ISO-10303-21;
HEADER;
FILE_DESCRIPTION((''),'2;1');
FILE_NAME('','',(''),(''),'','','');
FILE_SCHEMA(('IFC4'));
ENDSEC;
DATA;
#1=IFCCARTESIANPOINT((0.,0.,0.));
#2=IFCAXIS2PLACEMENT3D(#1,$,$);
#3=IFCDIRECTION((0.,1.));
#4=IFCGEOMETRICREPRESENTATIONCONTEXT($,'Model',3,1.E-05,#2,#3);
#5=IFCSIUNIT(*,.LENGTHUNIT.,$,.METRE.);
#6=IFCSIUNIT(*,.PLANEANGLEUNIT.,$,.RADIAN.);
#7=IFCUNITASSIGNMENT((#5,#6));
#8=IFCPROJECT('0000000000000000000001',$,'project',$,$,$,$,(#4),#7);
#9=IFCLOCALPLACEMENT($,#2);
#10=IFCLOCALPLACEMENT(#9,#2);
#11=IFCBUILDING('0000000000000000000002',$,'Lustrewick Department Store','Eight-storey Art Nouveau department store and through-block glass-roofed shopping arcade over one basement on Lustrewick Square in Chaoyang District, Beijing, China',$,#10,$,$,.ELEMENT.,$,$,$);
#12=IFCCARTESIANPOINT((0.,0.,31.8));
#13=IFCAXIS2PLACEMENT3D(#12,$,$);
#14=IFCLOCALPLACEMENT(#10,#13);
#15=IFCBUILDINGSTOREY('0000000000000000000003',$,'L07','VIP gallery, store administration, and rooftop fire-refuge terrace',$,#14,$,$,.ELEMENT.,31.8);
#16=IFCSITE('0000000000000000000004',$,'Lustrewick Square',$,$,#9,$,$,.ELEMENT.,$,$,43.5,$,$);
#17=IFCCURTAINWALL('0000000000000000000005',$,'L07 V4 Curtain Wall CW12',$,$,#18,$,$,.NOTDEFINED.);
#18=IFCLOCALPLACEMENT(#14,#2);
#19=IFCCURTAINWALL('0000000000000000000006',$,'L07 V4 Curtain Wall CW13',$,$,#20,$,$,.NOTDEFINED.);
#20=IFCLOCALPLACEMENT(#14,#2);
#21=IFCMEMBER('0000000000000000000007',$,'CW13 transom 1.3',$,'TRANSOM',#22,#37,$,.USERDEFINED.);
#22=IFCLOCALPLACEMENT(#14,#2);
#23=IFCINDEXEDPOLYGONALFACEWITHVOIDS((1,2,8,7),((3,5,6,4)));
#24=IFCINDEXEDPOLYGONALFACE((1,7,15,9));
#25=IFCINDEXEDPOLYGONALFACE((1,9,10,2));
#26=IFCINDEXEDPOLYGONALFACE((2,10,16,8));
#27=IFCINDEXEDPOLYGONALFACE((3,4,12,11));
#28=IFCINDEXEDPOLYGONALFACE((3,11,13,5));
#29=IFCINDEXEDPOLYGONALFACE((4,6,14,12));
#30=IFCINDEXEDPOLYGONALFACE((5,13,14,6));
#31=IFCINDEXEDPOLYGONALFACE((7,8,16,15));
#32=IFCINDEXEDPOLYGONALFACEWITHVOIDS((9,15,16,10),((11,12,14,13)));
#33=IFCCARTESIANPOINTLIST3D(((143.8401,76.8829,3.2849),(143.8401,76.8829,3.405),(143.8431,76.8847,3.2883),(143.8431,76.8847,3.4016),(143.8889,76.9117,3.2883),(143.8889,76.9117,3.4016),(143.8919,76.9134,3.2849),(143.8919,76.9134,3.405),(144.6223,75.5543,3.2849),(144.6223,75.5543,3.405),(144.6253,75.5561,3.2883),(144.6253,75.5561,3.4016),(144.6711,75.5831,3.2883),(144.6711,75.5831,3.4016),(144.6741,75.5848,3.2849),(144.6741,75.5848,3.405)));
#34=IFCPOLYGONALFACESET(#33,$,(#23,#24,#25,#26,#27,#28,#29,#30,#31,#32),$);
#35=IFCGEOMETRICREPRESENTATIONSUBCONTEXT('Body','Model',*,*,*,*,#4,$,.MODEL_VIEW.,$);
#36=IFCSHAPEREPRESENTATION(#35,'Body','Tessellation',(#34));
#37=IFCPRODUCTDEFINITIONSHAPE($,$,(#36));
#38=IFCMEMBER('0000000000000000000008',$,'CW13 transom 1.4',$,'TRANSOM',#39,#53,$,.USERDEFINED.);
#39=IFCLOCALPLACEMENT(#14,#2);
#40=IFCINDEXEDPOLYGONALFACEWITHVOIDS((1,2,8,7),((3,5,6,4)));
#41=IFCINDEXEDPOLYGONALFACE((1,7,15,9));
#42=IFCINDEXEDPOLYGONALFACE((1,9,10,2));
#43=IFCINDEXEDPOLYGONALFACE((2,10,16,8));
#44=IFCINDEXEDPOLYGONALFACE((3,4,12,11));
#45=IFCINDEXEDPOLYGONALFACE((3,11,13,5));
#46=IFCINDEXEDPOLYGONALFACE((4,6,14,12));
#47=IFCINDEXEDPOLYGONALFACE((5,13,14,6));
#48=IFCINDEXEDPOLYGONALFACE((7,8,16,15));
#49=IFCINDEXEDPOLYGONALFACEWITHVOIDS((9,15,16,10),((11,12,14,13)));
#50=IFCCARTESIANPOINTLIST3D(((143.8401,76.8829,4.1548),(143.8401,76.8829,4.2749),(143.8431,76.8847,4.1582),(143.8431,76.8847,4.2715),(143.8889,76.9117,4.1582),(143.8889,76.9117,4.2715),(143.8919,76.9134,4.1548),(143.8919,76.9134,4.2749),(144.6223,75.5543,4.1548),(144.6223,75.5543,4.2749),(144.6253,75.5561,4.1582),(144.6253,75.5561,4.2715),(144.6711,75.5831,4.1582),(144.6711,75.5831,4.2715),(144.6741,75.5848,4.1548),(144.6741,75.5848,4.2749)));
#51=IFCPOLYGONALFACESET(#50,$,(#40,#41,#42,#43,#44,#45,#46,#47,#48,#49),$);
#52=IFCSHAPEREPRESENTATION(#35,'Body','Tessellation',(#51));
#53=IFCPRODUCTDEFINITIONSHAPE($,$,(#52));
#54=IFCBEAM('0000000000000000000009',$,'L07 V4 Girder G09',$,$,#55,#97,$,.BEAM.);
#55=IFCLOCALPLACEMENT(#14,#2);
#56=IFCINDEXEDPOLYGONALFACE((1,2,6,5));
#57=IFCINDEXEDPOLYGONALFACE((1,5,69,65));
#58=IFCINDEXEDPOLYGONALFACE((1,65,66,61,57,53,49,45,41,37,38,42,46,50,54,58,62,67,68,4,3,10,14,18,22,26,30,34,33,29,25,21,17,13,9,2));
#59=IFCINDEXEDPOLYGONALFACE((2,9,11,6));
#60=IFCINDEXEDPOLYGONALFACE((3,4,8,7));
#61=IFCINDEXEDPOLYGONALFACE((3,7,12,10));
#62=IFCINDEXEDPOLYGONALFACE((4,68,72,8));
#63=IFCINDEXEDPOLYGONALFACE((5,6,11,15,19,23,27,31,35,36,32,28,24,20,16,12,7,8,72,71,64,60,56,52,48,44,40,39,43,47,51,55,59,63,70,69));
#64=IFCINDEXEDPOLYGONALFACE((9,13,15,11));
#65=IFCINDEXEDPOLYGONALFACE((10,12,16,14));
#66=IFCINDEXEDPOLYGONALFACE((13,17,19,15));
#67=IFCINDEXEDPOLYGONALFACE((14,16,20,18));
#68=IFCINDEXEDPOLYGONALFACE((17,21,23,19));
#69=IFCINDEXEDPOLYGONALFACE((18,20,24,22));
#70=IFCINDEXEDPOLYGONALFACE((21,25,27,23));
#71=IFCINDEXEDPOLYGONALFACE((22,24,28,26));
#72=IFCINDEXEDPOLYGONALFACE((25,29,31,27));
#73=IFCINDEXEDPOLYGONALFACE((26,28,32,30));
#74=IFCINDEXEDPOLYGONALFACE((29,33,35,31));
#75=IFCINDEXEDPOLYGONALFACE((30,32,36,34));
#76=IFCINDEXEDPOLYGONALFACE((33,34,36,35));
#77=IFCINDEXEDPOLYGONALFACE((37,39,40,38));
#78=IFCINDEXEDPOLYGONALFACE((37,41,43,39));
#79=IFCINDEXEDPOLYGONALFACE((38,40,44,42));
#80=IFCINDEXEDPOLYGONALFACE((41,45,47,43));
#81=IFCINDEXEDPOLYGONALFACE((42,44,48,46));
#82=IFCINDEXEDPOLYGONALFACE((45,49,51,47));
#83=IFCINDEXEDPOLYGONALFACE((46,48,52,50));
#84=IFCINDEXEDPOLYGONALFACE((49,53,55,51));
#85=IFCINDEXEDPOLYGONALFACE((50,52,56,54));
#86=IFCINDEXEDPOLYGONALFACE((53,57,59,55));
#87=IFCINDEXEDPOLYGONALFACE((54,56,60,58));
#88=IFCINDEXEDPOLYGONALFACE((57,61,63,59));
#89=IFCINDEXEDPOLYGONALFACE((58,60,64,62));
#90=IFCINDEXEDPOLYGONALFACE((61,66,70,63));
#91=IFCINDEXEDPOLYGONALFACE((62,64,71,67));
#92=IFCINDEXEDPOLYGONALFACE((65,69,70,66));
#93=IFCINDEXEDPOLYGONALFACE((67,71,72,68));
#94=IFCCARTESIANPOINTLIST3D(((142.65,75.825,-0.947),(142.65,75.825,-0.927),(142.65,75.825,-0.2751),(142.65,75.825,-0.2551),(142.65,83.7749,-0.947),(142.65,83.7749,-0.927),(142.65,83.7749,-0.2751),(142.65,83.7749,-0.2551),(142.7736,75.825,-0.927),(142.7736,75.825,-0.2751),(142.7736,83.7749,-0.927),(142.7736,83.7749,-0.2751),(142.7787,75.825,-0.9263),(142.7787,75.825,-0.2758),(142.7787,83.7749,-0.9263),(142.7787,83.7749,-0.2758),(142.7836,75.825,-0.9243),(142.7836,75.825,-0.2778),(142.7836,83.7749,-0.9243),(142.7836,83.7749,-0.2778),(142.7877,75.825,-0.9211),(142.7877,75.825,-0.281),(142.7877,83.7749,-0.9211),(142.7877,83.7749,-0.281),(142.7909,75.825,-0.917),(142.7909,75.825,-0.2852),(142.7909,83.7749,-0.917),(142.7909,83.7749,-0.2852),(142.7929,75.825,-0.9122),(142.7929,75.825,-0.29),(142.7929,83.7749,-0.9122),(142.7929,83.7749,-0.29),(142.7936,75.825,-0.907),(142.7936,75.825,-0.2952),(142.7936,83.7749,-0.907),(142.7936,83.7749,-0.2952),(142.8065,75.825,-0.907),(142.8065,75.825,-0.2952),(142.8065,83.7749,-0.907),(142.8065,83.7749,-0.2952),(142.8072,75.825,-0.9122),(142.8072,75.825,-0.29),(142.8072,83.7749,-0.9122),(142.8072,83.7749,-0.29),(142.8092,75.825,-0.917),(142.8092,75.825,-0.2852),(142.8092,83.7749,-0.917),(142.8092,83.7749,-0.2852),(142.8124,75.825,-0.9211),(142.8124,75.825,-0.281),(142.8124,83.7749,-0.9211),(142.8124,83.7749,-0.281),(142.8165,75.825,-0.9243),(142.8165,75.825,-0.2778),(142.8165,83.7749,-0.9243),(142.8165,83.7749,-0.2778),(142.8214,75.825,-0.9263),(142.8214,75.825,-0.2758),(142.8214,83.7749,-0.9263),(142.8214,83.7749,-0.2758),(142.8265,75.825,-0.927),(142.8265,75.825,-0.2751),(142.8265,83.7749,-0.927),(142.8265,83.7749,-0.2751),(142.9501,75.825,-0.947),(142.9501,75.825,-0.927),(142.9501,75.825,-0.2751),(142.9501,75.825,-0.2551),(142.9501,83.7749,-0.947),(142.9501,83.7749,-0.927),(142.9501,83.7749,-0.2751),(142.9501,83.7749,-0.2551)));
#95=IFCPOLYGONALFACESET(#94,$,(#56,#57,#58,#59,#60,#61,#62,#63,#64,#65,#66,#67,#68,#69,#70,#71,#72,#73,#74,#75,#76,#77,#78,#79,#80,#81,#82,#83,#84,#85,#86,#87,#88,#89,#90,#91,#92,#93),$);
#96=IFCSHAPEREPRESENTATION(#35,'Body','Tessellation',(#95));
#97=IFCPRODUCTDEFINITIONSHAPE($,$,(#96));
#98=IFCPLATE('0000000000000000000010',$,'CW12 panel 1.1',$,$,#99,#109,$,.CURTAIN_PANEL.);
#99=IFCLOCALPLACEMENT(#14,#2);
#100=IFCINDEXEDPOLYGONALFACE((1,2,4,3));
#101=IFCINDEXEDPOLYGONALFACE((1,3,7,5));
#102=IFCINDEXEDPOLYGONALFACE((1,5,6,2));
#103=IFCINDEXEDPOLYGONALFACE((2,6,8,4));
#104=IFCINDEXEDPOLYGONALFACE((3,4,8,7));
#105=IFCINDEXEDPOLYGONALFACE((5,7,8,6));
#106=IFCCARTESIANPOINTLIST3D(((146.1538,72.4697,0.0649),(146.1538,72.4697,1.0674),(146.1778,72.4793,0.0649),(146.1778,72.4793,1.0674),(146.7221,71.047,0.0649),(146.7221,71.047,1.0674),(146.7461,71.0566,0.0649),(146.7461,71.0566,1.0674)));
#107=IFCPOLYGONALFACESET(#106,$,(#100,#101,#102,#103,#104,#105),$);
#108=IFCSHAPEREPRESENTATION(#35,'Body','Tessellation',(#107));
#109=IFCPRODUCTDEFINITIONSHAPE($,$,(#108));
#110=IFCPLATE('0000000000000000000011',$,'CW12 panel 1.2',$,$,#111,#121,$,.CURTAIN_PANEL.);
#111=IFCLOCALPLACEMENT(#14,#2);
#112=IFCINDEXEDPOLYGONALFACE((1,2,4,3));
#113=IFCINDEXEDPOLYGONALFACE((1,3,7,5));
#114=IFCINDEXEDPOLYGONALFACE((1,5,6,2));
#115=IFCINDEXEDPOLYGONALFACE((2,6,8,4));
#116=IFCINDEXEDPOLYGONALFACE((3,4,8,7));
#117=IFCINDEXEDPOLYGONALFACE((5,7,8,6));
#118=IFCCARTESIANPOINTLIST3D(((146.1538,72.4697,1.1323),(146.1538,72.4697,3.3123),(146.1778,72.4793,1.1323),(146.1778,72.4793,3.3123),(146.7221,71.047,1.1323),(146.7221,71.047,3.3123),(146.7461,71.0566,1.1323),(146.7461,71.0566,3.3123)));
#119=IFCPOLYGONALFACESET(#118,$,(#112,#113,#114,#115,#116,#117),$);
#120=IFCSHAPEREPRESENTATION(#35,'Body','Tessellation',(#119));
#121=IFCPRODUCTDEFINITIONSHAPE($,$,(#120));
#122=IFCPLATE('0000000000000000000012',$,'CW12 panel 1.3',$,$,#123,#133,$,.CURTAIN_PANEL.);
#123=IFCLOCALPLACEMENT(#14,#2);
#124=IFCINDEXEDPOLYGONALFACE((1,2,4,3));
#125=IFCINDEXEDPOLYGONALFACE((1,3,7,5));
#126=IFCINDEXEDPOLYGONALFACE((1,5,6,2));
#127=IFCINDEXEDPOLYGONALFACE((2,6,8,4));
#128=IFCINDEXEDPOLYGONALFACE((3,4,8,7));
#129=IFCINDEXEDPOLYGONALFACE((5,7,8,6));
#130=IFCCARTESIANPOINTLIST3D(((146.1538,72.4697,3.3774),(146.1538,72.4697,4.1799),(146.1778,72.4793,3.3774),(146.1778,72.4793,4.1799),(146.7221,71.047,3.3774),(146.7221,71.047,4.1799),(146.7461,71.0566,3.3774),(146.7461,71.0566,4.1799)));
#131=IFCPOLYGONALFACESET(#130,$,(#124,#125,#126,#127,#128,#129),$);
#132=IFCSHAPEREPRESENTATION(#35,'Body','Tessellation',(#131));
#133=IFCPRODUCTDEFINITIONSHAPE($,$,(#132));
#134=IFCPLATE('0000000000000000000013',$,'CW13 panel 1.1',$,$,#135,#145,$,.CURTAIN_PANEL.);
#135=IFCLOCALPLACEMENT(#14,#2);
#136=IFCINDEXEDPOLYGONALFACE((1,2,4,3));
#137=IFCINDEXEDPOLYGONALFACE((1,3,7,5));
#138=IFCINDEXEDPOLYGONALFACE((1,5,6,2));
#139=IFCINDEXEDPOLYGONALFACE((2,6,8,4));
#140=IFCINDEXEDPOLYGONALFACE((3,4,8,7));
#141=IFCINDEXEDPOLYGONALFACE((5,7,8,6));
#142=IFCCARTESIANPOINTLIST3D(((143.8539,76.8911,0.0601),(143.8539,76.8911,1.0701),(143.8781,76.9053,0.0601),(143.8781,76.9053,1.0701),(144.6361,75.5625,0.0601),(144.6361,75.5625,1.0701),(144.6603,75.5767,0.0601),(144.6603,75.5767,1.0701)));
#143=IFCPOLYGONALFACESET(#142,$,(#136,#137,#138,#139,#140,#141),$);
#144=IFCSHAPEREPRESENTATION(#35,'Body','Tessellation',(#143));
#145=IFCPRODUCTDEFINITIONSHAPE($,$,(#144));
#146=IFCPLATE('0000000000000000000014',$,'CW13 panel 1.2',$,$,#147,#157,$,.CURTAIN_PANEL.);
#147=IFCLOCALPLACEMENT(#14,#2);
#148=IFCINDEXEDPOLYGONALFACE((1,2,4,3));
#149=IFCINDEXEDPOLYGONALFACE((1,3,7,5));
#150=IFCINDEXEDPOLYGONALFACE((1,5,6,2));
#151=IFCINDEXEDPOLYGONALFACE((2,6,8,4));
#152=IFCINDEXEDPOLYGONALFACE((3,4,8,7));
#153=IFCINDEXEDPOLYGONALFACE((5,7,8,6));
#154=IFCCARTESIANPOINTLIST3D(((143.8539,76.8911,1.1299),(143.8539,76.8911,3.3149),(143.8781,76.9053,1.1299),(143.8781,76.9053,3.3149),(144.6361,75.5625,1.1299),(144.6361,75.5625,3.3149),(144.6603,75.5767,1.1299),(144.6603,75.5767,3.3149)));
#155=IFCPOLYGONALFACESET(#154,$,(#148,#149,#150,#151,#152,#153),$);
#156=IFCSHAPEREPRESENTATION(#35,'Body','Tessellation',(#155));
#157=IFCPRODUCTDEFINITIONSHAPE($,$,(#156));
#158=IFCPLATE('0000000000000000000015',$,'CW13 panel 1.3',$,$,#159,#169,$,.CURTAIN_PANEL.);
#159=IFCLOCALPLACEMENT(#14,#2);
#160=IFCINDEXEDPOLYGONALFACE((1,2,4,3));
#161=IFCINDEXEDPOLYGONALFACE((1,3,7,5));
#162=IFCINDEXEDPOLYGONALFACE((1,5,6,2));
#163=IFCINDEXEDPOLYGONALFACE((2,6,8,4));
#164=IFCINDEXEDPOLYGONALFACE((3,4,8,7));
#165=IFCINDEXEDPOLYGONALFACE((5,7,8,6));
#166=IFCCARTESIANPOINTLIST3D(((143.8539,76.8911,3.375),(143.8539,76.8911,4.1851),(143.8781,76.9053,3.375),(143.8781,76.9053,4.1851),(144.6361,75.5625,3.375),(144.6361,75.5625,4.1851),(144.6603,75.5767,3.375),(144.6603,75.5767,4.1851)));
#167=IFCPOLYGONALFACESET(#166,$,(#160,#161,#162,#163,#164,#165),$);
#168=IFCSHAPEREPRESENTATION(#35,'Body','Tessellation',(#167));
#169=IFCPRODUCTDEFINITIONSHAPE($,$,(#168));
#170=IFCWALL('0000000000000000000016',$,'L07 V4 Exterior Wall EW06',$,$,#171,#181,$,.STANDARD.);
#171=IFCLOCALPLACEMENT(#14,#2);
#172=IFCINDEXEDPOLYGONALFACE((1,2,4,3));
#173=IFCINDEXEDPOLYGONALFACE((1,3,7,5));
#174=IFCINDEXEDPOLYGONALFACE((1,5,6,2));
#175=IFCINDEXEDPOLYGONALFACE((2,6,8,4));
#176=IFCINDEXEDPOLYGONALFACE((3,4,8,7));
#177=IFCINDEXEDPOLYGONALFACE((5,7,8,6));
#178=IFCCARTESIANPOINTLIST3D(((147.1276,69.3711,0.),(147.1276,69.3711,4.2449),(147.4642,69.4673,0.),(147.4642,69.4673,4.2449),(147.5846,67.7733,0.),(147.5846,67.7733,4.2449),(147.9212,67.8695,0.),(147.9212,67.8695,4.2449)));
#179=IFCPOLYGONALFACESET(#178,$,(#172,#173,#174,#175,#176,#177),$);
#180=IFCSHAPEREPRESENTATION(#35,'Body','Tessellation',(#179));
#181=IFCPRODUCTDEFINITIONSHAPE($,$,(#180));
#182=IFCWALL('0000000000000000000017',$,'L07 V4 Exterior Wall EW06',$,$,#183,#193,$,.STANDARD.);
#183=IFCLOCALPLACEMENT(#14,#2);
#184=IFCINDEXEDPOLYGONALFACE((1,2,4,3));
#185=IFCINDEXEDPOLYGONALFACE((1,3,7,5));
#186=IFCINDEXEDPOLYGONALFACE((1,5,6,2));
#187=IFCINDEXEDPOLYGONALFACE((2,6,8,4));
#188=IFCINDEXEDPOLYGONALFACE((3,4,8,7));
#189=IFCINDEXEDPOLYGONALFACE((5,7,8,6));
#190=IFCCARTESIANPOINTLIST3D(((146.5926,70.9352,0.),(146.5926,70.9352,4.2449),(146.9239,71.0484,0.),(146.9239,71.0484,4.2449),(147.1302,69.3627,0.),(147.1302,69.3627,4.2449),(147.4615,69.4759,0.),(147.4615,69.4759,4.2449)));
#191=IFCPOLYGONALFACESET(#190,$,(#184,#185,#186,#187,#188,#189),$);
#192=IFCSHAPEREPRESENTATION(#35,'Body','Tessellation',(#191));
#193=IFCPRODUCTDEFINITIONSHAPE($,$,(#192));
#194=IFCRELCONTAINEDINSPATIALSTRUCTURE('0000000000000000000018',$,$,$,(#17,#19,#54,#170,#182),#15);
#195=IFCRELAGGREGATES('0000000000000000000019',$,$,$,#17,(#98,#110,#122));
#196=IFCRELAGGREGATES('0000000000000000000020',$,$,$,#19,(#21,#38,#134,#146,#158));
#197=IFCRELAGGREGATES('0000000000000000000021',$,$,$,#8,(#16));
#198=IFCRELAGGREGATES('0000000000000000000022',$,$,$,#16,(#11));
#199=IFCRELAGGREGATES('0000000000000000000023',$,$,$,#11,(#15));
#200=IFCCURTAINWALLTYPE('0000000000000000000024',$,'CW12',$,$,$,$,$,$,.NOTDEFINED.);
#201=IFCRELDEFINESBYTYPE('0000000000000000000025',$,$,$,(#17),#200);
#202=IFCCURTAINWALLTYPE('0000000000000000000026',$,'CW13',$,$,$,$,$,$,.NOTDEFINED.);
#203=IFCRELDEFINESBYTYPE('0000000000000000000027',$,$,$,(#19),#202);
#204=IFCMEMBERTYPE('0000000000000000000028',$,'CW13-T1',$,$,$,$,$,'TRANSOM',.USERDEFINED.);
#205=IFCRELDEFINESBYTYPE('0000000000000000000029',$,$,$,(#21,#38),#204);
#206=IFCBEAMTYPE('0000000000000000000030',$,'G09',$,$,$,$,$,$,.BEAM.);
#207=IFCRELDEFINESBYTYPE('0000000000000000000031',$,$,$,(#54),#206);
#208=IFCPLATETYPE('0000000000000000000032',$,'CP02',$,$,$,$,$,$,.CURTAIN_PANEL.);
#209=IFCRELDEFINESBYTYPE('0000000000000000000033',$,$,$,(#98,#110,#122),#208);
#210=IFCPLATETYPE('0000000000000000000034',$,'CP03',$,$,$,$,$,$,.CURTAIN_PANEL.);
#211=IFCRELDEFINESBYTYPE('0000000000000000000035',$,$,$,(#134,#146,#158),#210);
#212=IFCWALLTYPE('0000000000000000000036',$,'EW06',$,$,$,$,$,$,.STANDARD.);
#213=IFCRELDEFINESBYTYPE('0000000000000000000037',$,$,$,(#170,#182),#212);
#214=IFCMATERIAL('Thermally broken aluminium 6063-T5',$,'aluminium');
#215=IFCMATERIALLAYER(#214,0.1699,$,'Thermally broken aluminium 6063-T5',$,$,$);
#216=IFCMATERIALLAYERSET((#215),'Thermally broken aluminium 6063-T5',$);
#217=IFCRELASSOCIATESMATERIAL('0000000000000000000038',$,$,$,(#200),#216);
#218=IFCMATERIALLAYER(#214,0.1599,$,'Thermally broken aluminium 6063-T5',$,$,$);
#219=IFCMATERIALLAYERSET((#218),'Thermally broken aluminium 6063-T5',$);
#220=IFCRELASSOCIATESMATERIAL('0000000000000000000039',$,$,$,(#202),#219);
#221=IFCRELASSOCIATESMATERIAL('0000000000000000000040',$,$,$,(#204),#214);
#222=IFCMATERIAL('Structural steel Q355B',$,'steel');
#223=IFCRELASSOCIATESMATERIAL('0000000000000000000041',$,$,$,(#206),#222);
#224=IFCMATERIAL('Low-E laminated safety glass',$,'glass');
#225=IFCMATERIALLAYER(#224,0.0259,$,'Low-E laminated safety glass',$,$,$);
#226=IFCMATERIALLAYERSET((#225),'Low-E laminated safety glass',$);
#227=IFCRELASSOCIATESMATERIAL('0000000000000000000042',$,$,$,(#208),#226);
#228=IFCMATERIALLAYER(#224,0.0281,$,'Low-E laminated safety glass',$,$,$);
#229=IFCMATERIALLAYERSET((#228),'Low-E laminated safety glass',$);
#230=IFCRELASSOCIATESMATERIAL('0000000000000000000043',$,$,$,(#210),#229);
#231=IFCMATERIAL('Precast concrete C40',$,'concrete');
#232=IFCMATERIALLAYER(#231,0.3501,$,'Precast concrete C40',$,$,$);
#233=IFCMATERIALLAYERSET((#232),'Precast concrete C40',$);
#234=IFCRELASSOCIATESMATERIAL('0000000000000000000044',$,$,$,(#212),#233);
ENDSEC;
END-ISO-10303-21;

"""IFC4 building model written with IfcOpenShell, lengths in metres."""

from ifc_helpers import new_model, si_unit, direction, frame, frame_2d, origin, origin_2d, place, context, subcontext, project, spatial, rectangle, hollow_rectangle, i_section, extrude, material, layer, layer_set, material_profile, profile_set, type_object, element, aggregate, save


model = new_model("IFC4")

# Units and contexts
model_context = context("Model", 3, precision=1e-05, world=origin(), true_north=direction((0.0, 1.0)))
body_context = subcontext(model_context, "Body", "Model", "MODEL_VIEW")
ifc_project = project(units=[si_unit("LENGTHUNIT", "METRE"), si_unit("PLANEANGLEUNIT", "RADIAN")], contexts=[model_context])

# Site, building, storey
site_placement = place(None, origin())
site = spatial("IfcSite", under=ifc_project, at=site_placement, Name="Lustrewick Square", CompositionType="ELEMENT", RefElevation=43.5)
building_placement = place(site_placement, origin())
building = spatial("IfcBuilding", under=site, at=building_placement, Name="Lustrewick Department Store", Description="Eight-storey Art Nouveau department store and through-block glass-roofed shopping arcade over one basement on Lustrewick Square in Chaoyang District, Beijing, China", CompositionType="ELEMENT")
storey_placement = place(building_placement, frame((0.0, 0.0, 31.8)))
storey = spatial("IfcBuildingStorey", under=building, at=storey_placement, Name="L07", Description="VIP gallery, store administration, and rooftop fire-refuge terrace", CompositionType="ELEMENT", Elevation=31.8)

# Curtain walls, members
ifc_material_1 = material(Name="Thermally broken aluminium 6063-T5", Category="aluminium")
ifc_layer_1 = layer(ifc_material_1, 0.1699, Name="Thermally broken aluminium 6063-T5")
ifc_layer_set_1 = layer_set([ifc_layer_1], Name="Thermally broken aluminium 6063-T5")
curtain_wall_type_1 = type_object("IfcCurtainWallType", Name="CW12", PredefinedType="NOTDEFINED", material=ifc_layer_set_1)
curtain_wall_1_placement = place(storey_placement, origin())
curtain_wall_1 = element("IfcCurtainWall", 1, at=curtain_wall_1_placement, inside=storey, type_object=curtain_wall_type_1, Name="L07 V4 Curtain Wall CW12", PredefinedType="NOTDEFINED")
ifc_layer_2 = layer(ifc_material_1, 0.1599, Name="Thermally broken aluminium 6063-T5")
ifc_layer_set_2 = layer_set([ifc_layer_2], Name="Thermally broken aluminium 6063-T5")
curtain_wall_type_2 = type_object("IfcCurtainWallType", Name="CW13", PredefinedType="NOTDEFINED", material=ifc_layer_set_2)
curtain_wall_2_placement = place(storey_placement, origin())
curtain_wall_2 = element("IfcCurtainWall", 2, at=curtain_wall_2_placement, inside=storey, type_object=curtain_wall_type_2, Name="L07 V4 Curtain Wall CW13", PredefinedType="NOTDEFINED")
ifc_material_profile_1 = material_profile(ifc_material_1, hollow_rectangle(XDim=0.0601, YDim=0.1201, WallThickness=0.0034, at=origin_2d()), Name="ALU-T 60x120x3.5")
ifc_profile_set_1 = profile_set([ifc_material_profile_1], Name="Thermally broken aluminium 6063-T5")
member_type_1 = type_object("IfcMemberType", Name="CW13-T1", ElementType="TRANSOM", PredefinedType="USERDEFINED", material=ifc_profile_set_1)
member_1_placement = place(storey_placement, frame((144.6482, 75.5696, 3.345), z_axis=(-0.507352, 0.861739, 0.0), x_axis=(-0.861739, -0.507352, 0.0)))
member_1 = element("IfcMember", 3, at=member_1_placement, type_object=member_type_1, Name="CW13 transom 1.3", ObjectType="TRANSOM", PredefinedType="USERDEFINED", context=body_context, shape_type="SweptSolid", body=[
    extrude(hollow_rectangle(XDim=0.0601, YDim=0.1201, WallThickness=0.0034, at=origin_2d()), origin(), (0.0, 0.0, 1.0), 1.5417),
])
member_2_placement = place(storey_placement, frame((144.6482, 75.5696, 4.2148), z_axis=(-0.507352, 0.861739, 0.0), x_axis=(-0.861739, -0.507352, 0.0)))
member_2 = element("IfcMember", 4, at=member_2_placement, type_object=member_type_1, Name="CW13 transom 1.4", ObjectType="TRANSOM", PredefinedType="USERDEFINED", context=body_context, shape_type="SweptSolid", body=[
    extrude(hollow_rectangle(XDim=0.0601, YDim=0.1201, WallThickness=0.0034, at=origin_2d()), origin(), (0.0, 0.0, 1.0), 1.5417),
])

# Beam
ifc_material_2 = material(Name="Structural steel Q355B", Category="steel")
ifc_material_profile_2 = material_profile(ifc_material_2, i_section(OverallWidth=0.3, OverallDepth=0.6919, WebThickness=0.0129, FlangeThickness=0.02, FilletRadius=0.02, at=origin_2d()), Name="HN 692x300x13x20")
ifc_profile_set_2 = profile_set([ifc_material_profile_2], Name="Structural steel Q355B")
beam_type = type_object("IfcBeamType", Name="G09", PredefinedType="BEAM", material=ifc_profile_set_2)
beam_placement = place(storey_placement, frame((142.8, 75.825, -0.6011), z_axis=(0.0, 1.0, 0.0), x_axis=(-1.0, 0.0, 0.0)))
element("IfcBeam", 5, at=beam_placement, inside=storey, type_object=beam_type, Name="L07 V4 Girder G09", PredefinedType="BEAM", context=body_context, shape_type="SweptSolid", body=[
    extrude(i_section(OverallWidth=0.3, OverallDepth=0.6919, WebThickness=0.0129, FlangeThickness=0.02, FilletRadius=0.02, at=origin_2d()), origin(), (0.0, 0.0, 1.0), 7.95),
])

# Plates
ifc_material_3 = material(Name="Low-E laminated safety glass", Category="glass")
ifc_layer_3 = layer(ifc_material_3, 0.0259, Name="Low-E laminated safety glass")
ifc_layer_set_3 = layer_set([ifc_layer_3], Name="Low-E laminated safety glass")
plate_type_1 = type_object("IfcPlateType", Name="CP02", PredefinedType="CURTAIN_PANEL", material=ifc_layer_set_3)
plate_1_placement = place(storey_placement, frame((146.45, 71.7632, 0.0649), z_axis=(0.0, 0.0, 1.0), x_axis=(-0.370965, 0.928647, 0.0)))
plate_1 = element("IfcPlate", 6, at=plate_1_placement, type_object=plate_type_1, Name="CW12 panel 1.1", PredefinedType="CURTAIN_PANEL", context=body_context, shape_type="SweptSolid", body=[
    extrude(rectangle(XDim=1.532, YDim=0.0259, at=origin_2d()), origin(), (0.0, 0.0, 1.0), 1.0024),
])
plate_2_placement = place(storey_placement, frame((146.45, 71.7632, 1.1323), z_axis=(0.0, 0.0, 1.0), x_axis=(-0.370965, 0.928647, 0.0)))
plate_2 = element("IfcPlate", 7, at=plate_2_placement, type_object=plate_type_1, Name="CW12 panel 1.2", PredefinedType="CURTAIN_PANEL", context=body_context, shape_type="SweptSolid", body=[
    extrude(rectangle(XDim=1.532, YDim=0.0259, at=origin_2d()), origin(), (0.0, 0.0, 1.0), 2.1799),
])
plate_3_placement = place(storey_placement, frame((146.45, 71.7632, 3.3774), z_axis=(0.0, 0.0, 1.0), x_axis=(-0.370965, 0.928647, 0.0)))
plate_3 = element("IfcPlate", 8, at=plate_3_placement, type_object=plate_type_1, Name="CW12 panel 1.3", PredefinedType="CURTAIN_PANEL", context=body_context, shape_type="SweptSolid", body=[
    extrude(rectangle(XDim=1.532, YDim=0.0259, at=origin_2d()), origin(), (0.0, 0.0, 1.0), 0.8025),
])
aggregate(curtain_wall_1, [plate_1, plate_2, plate_3])
ifc_layer_4 = layer(ifc_material_3, 0.0281, Name="Low-E laminated safety glass")
ifc_layer_set_4 = layer_set([ifc_layer_4], Name="Low-E laminated safety glass")
plate_type_2 = type_object("IfcPlateType", Name="CP03", PredefinedType="CURTAIN_PANEL", material=ifc_layer_set_4)
plate_4_placement = place(storey_placement, frame((144.2571, 76.2339, 0.0601), z_axis=(0.0, 0.0, 1.0), x_axis=(-0.507328, 0.861753, 0.0)))
plate_4 = element("IfcPlate", 9, at=plate_4_placement, type_object=plate_type_2, Name="CW13 panel 1.1", PredefinedType="CURTAIN_PANEL", context=body_context, shape_type="SweptSolid", body=[
    extrude(rectangle(XDim=1.5417, YDim=0.0281, at=origin_2d()), origin(), (0.0, 0.0, 1.0), 1.01),
])
plate_5_placement = place(storey_placement, frame((144.2571, 76.2339, 1.1299), z_axis=(0.0, 0.0, 1.0), x_axis=(-0.507328, 0.861753, 0.0)))
plate_5 = element("IfcPlate", 10, at=plate_5_placement, type_object=plate_type_2, Name="CW13 panel 1.2", PredefinedType="CURTAIN_PANEL", context=body_context, shape_type="SweptSolid", body=[
    extrude(rectangle(XDim=1.5417, YDim=0.0281, at=origin_2d()), origin(), (0.0, 0.0, 1.0), 2.1851),
])
plate_6_placement = place(storey_placement, frame((144.2571, 76.2339, 3.375), z_axis=(0.0, 0.0, 1.0), x_axis=(-0.507328, 0.861753, 0.0)))
plate_6 = element("IfcPlate", 11, at=plate_6_placement, type_object=plate_type_2, Name="CW13 panel 1.3", PredefinedType="CURTAIN_PANEL", context=body_context, shape_type="SweptSolid", body=[
    extrude(rectangle(XDim=1.5417, YDim=0.0281, at=origin_2d()), origin(), (0.0, 0.0, 1.0), 0.8101),
])
aggregate(curtain_wall_2, [member_1, member_2, plate_4, plate_5, plate_6])

# Walls
ifc_material_4 = material(Name="Precast concrete C40", Category="concrete")
ifc_layer_5 = layer(ifc_material_4, 0.3501, Name="Precast concrete C40")
ifc_layer_set_5 = layer_set([ifc_layer_5], Name="Precast concrete C40")
wall_type = type_object("IfcWallType", Name="EW06", PredefinedType="STANDARD", material=ifc_layer_set_5)
for number, where, z_axis, x_axis, name in (
    (12, (147.7529, 67.8213, 0.0), (0.0, 0.0, 1.0), (-0.274993, 0.961446, 0.0), "L07 V4 Exterior Wall EW06"),
    (13, (147.2959, 69.4192, 0.0), (0.0, 0.0, 1.0), (-0.32349, 0.946231, 0.0), "L07 V4 Exterior Wall EW06"),
):
    element("IfcWall", number, at=place(storey_placement, frame(where, z_axis=z_axis, x_axis=x_axis)), inside=storey, type_object=wall_type, Name=name, PredefinedType="STANDARD", context=body_context, shape_type="SweptSolid", body=[
        extrude(rectangle(XDim=1.6619, YDim=0.3501, at=frame_2d((0.8311, 0.0))), origin(), (0.0, 0.0, 1.0), 4.2449),
    ])

save(model, "model.ifc")
